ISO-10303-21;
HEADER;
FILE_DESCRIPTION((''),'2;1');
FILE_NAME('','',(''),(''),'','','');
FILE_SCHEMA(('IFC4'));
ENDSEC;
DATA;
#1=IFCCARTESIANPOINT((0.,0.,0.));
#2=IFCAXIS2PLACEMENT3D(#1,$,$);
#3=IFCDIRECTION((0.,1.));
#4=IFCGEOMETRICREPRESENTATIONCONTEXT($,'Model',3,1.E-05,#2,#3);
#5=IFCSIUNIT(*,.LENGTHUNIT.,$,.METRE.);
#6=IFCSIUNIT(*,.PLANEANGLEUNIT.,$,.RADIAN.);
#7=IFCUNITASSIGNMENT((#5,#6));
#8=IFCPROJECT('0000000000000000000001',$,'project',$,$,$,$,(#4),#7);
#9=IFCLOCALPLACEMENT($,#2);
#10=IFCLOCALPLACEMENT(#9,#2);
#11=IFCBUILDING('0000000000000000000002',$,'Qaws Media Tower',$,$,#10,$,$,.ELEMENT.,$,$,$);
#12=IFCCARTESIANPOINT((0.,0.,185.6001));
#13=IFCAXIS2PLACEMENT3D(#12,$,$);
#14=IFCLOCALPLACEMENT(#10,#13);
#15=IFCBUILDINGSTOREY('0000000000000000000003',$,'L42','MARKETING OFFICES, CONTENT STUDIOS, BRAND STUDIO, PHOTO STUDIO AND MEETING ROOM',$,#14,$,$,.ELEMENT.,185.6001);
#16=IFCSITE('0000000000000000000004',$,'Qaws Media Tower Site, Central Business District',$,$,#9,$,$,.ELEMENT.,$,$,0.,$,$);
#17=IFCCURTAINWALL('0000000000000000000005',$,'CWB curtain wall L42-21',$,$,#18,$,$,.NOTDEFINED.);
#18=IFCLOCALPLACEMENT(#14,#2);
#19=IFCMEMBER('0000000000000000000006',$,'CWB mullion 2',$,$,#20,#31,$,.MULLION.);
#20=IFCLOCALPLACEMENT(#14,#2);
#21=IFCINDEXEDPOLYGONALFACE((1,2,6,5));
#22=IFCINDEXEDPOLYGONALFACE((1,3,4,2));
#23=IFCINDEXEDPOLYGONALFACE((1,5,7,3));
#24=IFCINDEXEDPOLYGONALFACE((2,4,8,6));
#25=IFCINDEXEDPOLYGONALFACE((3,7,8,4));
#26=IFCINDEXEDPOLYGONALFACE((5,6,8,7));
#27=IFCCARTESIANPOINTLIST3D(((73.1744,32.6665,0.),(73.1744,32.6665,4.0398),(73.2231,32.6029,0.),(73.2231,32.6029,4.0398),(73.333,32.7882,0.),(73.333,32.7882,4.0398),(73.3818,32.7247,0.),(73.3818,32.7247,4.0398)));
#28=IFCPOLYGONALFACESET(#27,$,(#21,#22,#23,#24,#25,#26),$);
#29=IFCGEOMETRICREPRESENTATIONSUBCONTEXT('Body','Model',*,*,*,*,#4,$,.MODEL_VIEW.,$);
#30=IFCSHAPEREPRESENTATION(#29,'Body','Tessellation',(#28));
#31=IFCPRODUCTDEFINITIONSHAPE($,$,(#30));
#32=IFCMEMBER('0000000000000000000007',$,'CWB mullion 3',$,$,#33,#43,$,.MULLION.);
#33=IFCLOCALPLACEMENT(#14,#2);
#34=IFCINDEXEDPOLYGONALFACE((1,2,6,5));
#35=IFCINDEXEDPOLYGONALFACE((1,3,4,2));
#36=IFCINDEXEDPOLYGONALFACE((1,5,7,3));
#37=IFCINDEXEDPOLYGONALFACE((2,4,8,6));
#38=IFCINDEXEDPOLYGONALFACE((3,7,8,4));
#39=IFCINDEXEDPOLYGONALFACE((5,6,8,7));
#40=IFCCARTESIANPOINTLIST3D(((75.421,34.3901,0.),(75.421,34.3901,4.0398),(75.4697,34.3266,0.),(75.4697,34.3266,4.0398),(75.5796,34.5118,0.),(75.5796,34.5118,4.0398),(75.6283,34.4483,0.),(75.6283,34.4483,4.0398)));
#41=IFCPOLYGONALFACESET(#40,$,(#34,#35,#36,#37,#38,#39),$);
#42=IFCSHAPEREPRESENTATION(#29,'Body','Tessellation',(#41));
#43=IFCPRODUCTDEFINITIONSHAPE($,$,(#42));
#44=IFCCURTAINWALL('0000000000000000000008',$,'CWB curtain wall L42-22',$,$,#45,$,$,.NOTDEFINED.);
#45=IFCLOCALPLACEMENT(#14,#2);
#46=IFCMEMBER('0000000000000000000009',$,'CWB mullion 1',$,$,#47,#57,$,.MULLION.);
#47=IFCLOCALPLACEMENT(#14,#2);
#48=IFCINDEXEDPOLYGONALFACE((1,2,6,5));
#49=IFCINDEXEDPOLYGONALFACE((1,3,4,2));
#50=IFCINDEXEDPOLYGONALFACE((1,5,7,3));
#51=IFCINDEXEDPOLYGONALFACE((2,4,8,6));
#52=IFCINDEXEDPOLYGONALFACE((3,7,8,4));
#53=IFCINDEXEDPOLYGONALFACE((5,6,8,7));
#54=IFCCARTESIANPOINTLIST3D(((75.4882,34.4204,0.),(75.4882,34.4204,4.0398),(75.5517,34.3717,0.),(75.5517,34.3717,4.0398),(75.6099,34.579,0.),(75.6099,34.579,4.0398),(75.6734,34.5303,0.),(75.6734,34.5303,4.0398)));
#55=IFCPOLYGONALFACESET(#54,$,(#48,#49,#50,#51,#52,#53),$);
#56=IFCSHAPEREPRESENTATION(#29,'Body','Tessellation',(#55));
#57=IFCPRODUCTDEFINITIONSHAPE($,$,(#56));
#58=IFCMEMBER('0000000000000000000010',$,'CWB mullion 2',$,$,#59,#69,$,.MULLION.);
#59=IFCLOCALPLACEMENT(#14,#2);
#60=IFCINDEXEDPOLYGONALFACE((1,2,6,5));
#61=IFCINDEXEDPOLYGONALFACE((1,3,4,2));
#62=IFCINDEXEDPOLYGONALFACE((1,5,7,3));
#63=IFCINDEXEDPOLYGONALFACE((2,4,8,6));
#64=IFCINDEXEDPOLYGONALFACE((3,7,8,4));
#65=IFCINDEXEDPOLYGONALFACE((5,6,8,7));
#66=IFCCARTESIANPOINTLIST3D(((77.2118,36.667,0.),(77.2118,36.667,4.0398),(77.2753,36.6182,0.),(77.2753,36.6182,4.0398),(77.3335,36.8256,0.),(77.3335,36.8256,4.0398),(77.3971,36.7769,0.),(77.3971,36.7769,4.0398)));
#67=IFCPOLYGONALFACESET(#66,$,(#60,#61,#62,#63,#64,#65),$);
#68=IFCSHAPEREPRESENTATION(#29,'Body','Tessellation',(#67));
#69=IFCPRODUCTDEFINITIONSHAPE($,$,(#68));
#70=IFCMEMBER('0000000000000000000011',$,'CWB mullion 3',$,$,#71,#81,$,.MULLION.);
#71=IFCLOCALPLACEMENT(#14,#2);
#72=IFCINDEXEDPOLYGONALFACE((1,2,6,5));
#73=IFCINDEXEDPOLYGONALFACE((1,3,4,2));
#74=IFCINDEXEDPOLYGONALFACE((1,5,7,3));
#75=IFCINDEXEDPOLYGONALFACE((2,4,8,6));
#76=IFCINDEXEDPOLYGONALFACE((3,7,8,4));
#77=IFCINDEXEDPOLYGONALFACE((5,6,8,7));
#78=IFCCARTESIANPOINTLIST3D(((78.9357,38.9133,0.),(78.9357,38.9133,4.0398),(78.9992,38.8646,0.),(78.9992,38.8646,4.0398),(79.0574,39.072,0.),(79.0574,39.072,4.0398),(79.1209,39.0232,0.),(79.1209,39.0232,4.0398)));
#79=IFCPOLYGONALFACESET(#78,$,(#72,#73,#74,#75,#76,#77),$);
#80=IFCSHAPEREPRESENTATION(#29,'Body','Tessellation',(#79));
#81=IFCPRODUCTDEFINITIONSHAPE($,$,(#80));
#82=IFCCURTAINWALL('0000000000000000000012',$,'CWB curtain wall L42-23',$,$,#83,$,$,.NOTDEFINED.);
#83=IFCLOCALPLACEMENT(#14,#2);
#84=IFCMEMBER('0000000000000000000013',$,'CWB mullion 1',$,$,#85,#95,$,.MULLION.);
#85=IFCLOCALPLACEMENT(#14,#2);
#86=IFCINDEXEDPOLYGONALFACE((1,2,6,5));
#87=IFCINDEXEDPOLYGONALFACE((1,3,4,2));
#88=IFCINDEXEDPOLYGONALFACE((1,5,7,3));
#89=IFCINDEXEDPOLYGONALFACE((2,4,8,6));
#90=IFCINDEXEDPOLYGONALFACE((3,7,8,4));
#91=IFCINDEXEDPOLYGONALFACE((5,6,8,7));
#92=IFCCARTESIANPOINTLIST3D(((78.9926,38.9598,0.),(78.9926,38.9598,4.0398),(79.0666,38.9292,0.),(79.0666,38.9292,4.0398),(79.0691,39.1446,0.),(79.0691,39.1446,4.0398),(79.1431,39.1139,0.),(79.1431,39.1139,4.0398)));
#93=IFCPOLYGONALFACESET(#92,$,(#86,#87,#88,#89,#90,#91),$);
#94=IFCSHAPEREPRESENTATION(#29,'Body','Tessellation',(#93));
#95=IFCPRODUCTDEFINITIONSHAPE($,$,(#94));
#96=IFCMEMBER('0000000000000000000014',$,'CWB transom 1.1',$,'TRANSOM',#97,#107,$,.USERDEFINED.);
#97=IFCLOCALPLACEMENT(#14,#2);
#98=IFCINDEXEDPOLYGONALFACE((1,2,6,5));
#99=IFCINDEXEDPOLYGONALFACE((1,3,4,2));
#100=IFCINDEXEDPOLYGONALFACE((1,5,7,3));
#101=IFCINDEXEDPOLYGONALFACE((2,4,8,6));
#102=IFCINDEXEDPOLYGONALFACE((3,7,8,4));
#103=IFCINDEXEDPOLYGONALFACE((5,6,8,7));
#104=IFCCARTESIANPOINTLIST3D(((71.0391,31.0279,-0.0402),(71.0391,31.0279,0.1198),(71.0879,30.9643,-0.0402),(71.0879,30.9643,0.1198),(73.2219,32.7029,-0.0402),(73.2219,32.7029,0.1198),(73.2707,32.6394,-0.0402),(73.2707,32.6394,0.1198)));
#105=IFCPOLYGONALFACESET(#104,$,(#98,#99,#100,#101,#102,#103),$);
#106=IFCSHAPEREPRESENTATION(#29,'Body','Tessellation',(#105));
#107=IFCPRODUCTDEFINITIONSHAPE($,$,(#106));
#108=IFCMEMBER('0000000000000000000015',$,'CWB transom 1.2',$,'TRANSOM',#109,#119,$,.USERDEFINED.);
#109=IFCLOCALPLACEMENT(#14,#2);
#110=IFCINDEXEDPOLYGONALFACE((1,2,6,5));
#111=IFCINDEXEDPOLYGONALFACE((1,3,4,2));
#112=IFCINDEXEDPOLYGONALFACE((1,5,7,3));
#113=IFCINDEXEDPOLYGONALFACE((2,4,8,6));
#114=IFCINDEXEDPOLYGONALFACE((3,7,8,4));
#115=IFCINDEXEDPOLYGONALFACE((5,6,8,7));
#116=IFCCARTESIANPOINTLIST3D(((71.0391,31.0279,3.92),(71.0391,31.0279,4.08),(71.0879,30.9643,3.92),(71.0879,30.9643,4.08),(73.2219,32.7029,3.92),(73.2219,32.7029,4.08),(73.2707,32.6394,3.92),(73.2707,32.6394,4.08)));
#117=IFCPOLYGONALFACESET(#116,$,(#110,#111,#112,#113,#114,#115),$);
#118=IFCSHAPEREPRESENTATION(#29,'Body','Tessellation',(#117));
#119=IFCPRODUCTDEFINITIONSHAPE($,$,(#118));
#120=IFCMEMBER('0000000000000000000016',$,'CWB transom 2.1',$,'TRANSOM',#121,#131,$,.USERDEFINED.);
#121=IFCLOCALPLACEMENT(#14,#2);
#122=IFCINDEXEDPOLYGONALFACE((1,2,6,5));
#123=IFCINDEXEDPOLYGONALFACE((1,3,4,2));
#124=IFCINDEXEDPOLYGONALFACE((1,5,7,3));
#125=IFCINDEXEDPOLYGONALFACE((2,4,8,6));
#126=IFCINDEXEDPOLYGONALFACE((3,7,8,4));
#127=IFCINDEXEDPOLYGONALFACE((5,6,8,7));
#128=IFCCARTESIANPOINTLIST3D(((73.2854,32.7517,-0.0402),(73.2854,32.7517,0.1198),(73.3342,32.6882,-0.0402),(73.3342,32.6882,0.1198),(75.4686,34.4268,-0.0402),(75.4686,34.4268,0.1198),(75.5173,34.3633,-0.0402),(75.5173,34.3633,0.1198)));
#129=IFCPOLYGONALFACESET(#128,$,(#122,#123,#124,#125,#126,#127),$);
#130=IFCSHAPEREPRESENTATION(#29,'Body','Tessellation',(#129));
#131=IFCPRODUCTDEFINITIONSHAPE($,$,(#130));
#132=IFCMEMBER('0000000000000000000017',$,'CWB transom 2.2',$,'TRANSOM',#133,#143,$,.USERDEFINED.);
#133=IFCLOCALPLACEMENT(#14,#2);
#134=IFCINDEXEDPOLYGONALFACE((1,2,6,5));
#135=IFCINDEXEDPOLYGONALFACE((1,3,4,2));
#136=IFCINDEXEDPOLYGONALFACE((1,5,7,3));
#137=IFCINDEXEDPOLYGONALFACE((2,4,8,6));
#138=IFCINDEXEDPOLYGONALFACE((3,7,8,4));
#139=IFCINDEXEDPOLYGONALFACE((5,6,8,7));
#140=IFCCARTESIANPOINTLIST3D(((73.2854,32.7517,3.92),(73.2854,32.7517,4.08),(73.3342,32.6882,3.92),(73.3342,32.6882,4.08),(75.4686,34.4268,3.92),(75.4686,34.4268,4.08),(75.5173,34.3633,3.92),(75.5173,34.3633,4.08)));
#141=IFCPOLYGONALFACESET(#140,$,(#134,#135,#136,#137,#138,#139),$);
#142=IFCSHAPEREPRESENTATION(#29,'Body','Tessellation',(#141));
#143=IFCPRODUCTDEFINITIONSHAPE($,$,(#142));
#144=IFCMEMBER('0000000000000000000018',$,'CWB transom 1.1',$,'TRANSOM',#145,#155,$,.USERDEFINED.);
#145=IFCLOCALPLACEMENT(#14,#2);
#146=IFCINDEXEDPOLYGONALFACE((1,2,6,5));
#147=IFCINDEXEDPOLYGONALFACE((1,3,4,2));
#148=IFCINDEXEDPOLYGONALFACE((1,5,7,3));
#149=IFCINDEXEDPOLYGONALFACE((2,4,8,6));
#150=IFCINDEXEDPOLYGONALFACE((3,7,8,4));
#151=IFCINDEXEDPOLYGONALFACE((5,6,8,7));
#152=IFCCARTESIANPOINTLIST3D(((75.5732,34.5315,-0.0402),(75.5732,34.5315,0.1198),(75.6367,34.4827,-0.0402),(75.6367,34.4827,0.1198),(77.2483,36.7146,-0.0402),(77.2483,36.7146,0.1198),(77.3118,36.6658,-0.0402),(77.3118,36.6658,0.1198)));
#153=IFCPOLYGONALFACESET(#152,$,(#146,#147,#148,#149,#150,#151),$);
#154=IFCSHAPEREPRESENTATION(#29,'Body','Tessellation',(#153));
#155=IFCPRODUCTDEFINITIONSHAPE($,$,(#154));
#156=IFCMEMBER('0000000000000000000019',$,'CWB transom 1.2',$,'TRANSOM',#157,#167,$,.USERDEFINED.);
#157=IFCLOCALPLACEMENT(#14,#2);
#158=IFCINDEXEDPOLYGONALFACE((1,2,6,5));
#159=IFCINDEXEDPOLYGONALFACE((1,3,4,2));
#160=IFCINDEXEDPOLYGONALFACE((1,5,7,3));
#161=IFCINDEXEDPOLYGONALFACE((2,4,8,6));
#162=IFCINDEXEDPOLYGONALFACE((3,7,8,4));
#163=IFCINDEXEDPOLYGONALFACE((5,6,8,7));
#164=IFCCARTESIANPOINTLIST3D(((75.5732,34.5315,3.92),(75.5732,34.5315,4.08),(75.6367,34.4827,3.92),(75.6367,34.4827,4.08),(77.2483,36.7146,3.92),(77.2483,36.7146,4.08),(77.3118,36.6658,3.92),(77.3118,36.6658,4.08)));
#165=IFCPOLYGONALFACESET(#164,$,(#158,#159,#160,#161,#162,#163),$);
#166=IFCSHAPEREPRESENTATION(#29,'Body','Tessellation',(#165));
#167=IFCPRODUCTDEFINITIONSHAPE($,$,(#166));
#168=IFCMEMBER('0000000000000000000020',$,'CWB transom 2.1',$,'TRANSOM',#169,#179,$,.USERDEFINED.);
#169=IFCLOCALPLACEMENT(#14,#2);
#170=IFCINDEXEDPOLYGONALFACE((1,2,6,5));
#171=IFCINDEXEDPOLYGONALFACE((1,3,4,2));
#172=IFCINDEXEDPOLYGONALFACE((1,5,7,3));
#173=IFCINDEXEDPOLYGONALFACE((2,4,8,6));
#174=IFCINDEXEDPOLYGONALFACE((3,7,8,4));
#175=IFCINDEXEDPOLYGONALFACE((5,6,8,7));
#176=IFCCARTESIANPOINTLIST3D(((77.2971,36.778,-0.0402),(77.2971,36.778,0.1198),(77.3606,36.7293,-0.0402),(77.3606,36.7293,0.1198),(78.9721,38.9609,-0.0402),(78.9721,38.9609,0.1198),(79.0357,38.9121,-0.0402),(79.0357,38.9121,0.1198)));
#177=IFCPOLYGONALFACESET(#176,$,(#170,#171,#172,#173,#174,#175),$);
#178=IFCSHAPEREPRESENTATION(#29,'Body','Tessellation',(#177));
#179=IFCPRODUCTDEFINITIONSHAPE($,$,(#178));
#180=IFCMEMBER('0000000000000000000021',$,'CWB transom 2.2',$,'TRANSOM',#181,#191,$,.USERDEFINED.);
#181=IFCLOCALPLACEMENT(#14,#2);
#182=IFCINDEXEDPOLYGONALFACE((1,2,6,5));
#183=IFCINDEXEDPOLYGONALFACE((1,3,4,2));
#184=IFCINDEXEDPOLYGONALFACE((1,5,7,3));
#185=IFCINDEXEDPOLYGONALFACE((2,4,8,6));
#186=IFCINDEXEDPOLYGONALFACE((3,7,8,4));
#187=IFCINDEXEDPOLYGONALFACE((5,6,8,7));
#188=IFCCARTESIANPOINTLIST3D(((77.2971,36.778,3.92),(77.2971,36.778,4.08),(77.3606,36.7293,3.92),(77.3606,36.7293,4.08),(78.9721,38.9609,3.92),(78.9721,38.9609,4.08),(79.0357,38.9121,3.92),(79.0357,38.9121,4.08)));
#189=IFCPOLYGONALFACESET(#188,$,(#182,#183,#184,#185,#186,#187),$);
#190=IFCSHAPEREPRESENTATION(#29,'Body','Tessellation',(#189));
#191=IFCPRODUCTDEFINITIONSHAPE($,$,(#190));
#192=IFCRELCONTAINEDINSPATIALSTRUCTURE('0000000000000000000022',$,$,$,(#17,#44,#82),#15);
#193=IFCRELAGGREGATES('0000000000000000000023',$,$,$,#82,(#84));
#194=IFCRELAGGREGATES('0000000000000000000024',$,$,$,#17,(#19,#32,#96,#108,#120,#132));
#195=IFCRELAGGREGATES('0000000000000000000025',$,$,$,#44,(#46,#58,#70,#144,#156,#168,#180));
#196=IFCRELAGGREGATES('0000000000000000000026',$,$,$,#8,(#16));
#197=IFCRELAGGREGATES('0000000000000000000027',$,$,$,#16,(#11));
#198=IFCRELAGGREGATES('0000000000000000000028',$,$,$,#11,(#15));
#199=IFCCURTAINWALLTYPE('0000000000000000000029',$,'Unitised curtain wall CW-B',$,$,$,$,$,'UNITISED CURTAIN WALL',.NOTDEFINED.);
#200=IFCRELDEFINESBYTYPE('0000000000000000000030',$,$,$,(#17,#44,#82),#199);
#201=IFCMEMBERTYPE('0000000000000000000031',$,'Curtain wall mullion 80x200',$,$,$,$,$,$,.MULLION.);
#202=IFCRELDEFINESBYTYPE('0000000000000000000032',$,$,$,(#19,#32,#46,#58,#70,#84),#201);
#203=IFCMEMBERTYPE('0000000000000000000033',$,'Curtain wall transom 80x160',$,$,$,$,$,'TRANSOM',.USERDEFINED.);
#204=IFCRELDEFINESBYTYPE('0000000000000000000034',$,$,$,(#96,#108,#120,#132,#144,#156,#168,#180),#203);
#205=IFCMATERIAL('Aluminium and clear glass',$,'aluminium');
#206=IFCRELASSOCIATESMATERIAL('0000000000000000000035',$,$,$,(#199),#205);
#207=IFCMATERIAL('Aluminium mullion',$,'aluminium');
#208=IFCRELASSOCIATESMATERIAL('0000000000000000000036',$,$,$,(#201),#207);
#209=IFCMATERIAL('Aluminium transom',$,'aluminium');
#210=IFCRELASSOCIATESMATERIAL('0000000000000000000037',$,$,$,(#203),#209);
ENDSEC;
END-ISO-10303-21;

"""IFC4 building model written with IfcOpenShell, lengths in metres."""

from ifc_helpers import new_model, si_unit, direction, frame, origin, origin_2d, place, context, subcontext, project, spatial, rectangle, extrude, material, material_profile, profile_set, type_object, element, aggregate, save


model = new_model("IFC4")

# Units and contexts
model_context = context("Model", 3, precision=1e-05, world=origin(), true_north=direction((0.0, 1.0)))
body_context = subcontext(model_context, "Body", "Model", "MODEL_VIEW")
ifc_project = project(units=[si_unit("LENGTHUNIT", "METRE"), si_unit("PLANEANGLEUNIT", "RADIAN")], contexts=[model_context])

# Site, building, storey
site_placement = place(None, origin())
site = spatial("IfcSite", under=ifc_project, at=site_placement, Name="Qaws Media Tower Site, Central Business District", CompositionType="ELEMENT", RefElevation=0.0)
building_placement = place(site_placement, origin())
building = spatial("IfcBuilding", under=site, at=building_placement, Name="Qaws Media Tower", CompositionType="ELEMENT")
storey_placement = place(building_placement, frame((0.0, 0.0, 185.6001)))
storey = spatial("IfcBuildingStorey", under=building, at=storey_placement, Name="L42", Description="MARKETING OFFICES, CONTENT STUDIOS, BRAND STUDIO, PHOTO STUDIO AND MEETING ROOM", CompositionType="ELEMENT", Elevation=185.6001)

# Curtain walls, members
ifc_material_1 = material(Name="Aluminium and clear glass", Category="aluminium")
curtain_wall_type = type_object("IfcCurtainWallType", Name="Unitised curtain wall CW-B", ElementType="UNITISED CURTAIN WALL", PredefinedType="NOTDEFINED", material=ifc_material_1)
curtain_wall_1_placement = place(storey_placement, origin())
curtain_wall_1 = element("IfcCurtainWall", 1, at=curtain_wall_1_placement, inside=storey, type_object=curtain_wall_type, Name="CWB curtain wall L42-21", PredefinedType="NOTDEFINED")
ifc_material_2 = material(Name="Aluminium mullion", Category="aluminium")
ifc_material_profile_1 = material_profile(ifc_material_2, rectangle(XDim=0.0801, YDim=0.2, at=origin_2d()), Name="80x200")
ifc_profile_set_1 = profile_set([ifc_material_profile_1], Name="Aluminium mullion")
member_type_1 = type_object("IfcMemberType", Name="Curtain wall mullion 80x200", PredefinedType="MULLION", material=ifc_profile_set_1)
member_1_placement = place(storey_placement, frame((73.2781, 32.6956, 0.0), z_axis=(0.0, 0.0, 1.0), x_axis=(-0.608761, 0.793353, 0.0)))
member_1 = element("IfcMember", 2, at=member_1_placement, type_object=member_type_1, Name="CWB mullion 2", PredefinedType="MULLION", context=body_context, shape_type="SweptSolid", body=[
    extrude(rectangle(XDim=0.0801, YDim=0.2, at=origin_2d()), origin(), (0.0, 0.0, 1.0), 4.0398),
])
member_2_placement = place(storey_placement, frame((75.5247, 34.4192, 0.0), z_axis=(0.0, 0.0, 1.0), x_axis=(-0.608761, 0.793353, 0.0)))
member_2 = element("IfcMember", 3, at=member_2_placement, type_object=member_type_1, Name="CWB mullion 3", PredefinedType="MULLION", context=body_context, shape_type="SweptSolid", body=[
    extrude(rectangle(XDim=0.0801, YDim=0.2, at=origin_2d()), origin(), (0.0, 0.0, 1.0), 4.0398),
])
curtain_wall_2_placement = place(storey_placement, origin())
curtain_wall_2 = element("IfcCurtainWall", 4, at=curtain_wall_2_placement, inside=storey, type_object=curtain_wall_type, Name="CWB curtain wall L42-22", PredefinedType="NOTDEFINED")
member_3_placement = place(storey_placement, frame((75.5808, 34.4753, 0.0), z_axis=(0.0, 0.0, 1.0), x_axis=(-0.793353, 0.608761, 0.0)))
member_3 = element("IfcMember", 5, at=member_3_placement, type_object=member_type_1, Name="CWB mullion 1", PredefinedType="MULLION", context=body_context, shape_type="SweptSolid", body=[
    extrude(rectangle(XDim=0.0801, YDim=0.2, at=origin_2d()), origin(), (0.0, 0.0, 1.0), 4.0398),
])
member_4_placement = place(storey_placement, frame((77.3044, 36.7219, 0.0), z_axis=(0.0, 0.0, 1.0), x_axis=(-0.793353, 0.608761, 0.0)))
member_4 = element("IfcMember", 6, at=member_4_placement, type_object=member_type_1, Name="CWB mullion 2", PredefinedType="MULLION", context=body_context, shape_type="SweptSolid", body=[
    extrude(rectangle(XDim=0.0801, YDim=0.2, at=origin_2d()), origin(), (0.0, 0.0, 1.0), 4.0398),
])
member_5_placement = place(storey_placement, frame((79.0283, 38.9683, 0.0), z_axis=(0.0, 0.0, 1.0), x_axis=(-0.793353, 0.608761, 0.0)))
member_5 = element("IfcMember", 7, at=member_5_placement, type_object=member_type_1, Name="CWB mullion 3", PredefinedType="MULLION", context=body_context, shape_type="SweptSolid", body=[
    extrude(rectangle(XDim=0.0801, YDim=0.2, at=origin_2d()), origin(), (0.0, 0.0, 1.0), 4.0398),
])

# Curtain wall, member
curtain_wall_3_placement = place(storey_placement, origin())
curtain_wall_3 = element("IfcCurtainWall", 8, at=curtain_wall_3_placement, inside=storey, type_object=curtain_wall_type, Name="CWB curtain wall L42-23", PredefinedType="NOTDEFINED")
member_6_placement = place(storey_placement, frame((79.0679, 39.0369, 0.0), z_axis=(0.0, 0.0, 1.0), x_axis=(-0.92388, 0.382683, 0.0)))
member_6 = element("IfcMember", 9, at=member_6_placement, type_object=member_type_1, Name="CWB mullion 1", PredefinedType="MULLION", context=body_context, shape_type="SweptSolid", body=[
    extrude(rectangle(XDim=0.0801, YDim=0.2, at=origin_2d()), origin(), (0.0, 0.0, 1.0), 4.0398),
])
aggregate(curtain_wall_3, [member_6])

# Members
ifc_material_3 = material(Name="Aluminium transom", Category="aluminium")
ifc_material_profile_2 = material_profile(ifc_material_3, rectangle(XDim=0.0801, YDim=0.1599, at=origin_2d()), Name="80x160")
ifc_profile_set_2 = profile_set([ifc_material_profile_2], Name="Aluminium transom")
member_type_2 = type_object("IfcMemberType", Name="Curtain wall transom 80x160", ElementType="TRANSOM", PredefinedType="USERDEFINED", material=ifc_profile_set_2)
member_7_placement = place(storey_placement, frame((71.0635, 30.9961, 0.0398), z_axis=(0.793339, 0.60878, 0.0), x_axis=(-0.60878, 0.793339, 0.0)))
member_7 = element("IfcMember", 10, at=member_7_placement, type_object=member_type_2, Name="CWB transom 1.1", ObjectType="TRANSOM", PredefinedType="USERDEFINED", context=body_context, shape_type="SweptSolid", body=[
    extrude(rectangle(XDim=0.0801, YDim=0.1599, at=origin_2d()), origin(), (0.0, 0.0, 1.0), 2.7515),
])
member_8_placement = place(storey_placement, frame((71.0635, 30.9961, 4.0), z_axis=(0.793339, 0.60878, 0.0), x_axis=(-0.60878, 0.793339, 0.0)))
member_8 = element("IfcMember", 11, at=member_8_placement, type_object=member_type_2, Name="CWB transom 1.2", ObjectType="TRANSOM", PredefinedType="USERDEFINED", context=body_context, shape_type="SweptSolid", body=[
    extrude(rectangle(XDim=0.0801, YDim=0.1599, at=origin_2d()), origin(), (0.0, 0.0, 1.0), 2.7515),
])
member_9_placement = place(storey_placement, frame((73.3098, 32.72, 0.0398), z_axis=(0.793372, 0.608737, 0.0), x_axis=(-0.608737, 0.793372, 0.0)))
member_9 = element("IfcMember", 12, at=member_9_placement, type_object=member_type_2, Name="CWB transom 2.1", ObjectType="TRANSOM", PredefinedType="USERDEFINED", context=body_context, shape_type="SweptSolid", body=[
    extrude(rectangle(XDim=0.0801, YDim=0.1599, at=origin_2d()), origin(), (0.0, 0.0, 1.0), 2.7517),
])
member_10_placement = place(storey_placement, frame((73.3098, 32.72, 4.0), z_axis=(0.793372, 0.608737, 0.0), x_axis=(-0.608737, 0.793372, 0.0)))
member_10 = element("IfcMember", 13, at=member_10_placement, type_object=member_type_2, Name="CWB transom 2.2", ObjectType="TRANSOM", PredefinedType="USERDEFINED", context=body_context, shape_type="SweptSolid", body=[
    extrude(rectangle(XDim=0.0801, YDim=0.1599, at=origin_2d()), origin(), (0.0, 0.0, 1.0), 2.7517),
])
member_11_placement = place(storey_placement, frame((75.605, 34.5071, 0.0398), z_axis=(0.608737, 0.793372, 0.0), x_axis=(-0.793372, 0.608737, 0.0)))
member_11 = element("IfcMember", 14, at=member_11_placement, type_object=member_type_2, Name="CWB transom 1.1", ObjectType="TRANSOM", PredefinedType="USERDEFINED", context=body_context, shape_type="SweptSolid", body=[
    extrude(rectangle(XDim=0.0801, YDim=0.1599, at=origin_2d()), origin(), (0.0, 0.0, 1.0), 2.7517),
])
member_12_placement = place(storey_placement, frame((75.605, 34.5071, 4.0), z_axis=(0.608737, 0.793372, 0.0), x_axis=(-0.793372, 0.608737, 0.0)))
member_12 = element("IfcMember", 15, at=member_12_placement, type_object=member_type_2, Name="CWB transom 1.2", ObjectType="TRANSOM", PredefinedType="USERDEFINED", context=body_context, shape_type="SweptSolid", body=[
    extrude(rectangle(XDim=0.0801, YDim=0.1599, at=origin_2d()), origin(), (0.0, 0.0, 1.0), 2.7517),
])
member_13_placement = place(storey_placement, frame((77.3289, 36.7537, 0.0398), z_axis=(0.60878, 0.793339, 0.0), x_axis=(-0.793339, 0.60878, 0.0)))
member_13 = element("IfcMember", 16, at=member_13_placement, type_object=member_type_2, Name="CWB transom 2.1", ObjectType="TRANSOM", PredefinedType="USERDEFINED", context=body_context, shape_type="SweptSolid", body=[
    extrude(rectangle(XDim=0.0801, YDim=0.1599, at=origin_2d()), origin(), (0.0, 0.0, 1.0), 2.7515),
])
member_14_placement = place(storey_placement, frame((77.3289, 36.7537, 4.0), z_axis=(0.60878, 0.793339, 0.0), x_axis=(-0.793339, 0.60878, 0.0)))
member_14 = element("IfcMember", 17, at=member_14_placement, type_object=member_type_2, Name="CWB transom 2.2", ObjectType="TRANSOM", PredefinedType="USERDEFINED", context=body_context, shape_type="SweptSolid", body=[
    extrude(rectangle(XDim=0.0801, YDim=0.1599, at=origin_2d()), origin(), (0.0, 0.0, 1.0), 2.7515),
])

aggregate(curtain_wall_1, [member_1, member_2, member_7, member_8, member_9, member_10])
aggregate(curtain_wall_2, [member_3, member_4, member_5, member_11, member_12, member_13, member_14])

save(model, "model.ifc")
